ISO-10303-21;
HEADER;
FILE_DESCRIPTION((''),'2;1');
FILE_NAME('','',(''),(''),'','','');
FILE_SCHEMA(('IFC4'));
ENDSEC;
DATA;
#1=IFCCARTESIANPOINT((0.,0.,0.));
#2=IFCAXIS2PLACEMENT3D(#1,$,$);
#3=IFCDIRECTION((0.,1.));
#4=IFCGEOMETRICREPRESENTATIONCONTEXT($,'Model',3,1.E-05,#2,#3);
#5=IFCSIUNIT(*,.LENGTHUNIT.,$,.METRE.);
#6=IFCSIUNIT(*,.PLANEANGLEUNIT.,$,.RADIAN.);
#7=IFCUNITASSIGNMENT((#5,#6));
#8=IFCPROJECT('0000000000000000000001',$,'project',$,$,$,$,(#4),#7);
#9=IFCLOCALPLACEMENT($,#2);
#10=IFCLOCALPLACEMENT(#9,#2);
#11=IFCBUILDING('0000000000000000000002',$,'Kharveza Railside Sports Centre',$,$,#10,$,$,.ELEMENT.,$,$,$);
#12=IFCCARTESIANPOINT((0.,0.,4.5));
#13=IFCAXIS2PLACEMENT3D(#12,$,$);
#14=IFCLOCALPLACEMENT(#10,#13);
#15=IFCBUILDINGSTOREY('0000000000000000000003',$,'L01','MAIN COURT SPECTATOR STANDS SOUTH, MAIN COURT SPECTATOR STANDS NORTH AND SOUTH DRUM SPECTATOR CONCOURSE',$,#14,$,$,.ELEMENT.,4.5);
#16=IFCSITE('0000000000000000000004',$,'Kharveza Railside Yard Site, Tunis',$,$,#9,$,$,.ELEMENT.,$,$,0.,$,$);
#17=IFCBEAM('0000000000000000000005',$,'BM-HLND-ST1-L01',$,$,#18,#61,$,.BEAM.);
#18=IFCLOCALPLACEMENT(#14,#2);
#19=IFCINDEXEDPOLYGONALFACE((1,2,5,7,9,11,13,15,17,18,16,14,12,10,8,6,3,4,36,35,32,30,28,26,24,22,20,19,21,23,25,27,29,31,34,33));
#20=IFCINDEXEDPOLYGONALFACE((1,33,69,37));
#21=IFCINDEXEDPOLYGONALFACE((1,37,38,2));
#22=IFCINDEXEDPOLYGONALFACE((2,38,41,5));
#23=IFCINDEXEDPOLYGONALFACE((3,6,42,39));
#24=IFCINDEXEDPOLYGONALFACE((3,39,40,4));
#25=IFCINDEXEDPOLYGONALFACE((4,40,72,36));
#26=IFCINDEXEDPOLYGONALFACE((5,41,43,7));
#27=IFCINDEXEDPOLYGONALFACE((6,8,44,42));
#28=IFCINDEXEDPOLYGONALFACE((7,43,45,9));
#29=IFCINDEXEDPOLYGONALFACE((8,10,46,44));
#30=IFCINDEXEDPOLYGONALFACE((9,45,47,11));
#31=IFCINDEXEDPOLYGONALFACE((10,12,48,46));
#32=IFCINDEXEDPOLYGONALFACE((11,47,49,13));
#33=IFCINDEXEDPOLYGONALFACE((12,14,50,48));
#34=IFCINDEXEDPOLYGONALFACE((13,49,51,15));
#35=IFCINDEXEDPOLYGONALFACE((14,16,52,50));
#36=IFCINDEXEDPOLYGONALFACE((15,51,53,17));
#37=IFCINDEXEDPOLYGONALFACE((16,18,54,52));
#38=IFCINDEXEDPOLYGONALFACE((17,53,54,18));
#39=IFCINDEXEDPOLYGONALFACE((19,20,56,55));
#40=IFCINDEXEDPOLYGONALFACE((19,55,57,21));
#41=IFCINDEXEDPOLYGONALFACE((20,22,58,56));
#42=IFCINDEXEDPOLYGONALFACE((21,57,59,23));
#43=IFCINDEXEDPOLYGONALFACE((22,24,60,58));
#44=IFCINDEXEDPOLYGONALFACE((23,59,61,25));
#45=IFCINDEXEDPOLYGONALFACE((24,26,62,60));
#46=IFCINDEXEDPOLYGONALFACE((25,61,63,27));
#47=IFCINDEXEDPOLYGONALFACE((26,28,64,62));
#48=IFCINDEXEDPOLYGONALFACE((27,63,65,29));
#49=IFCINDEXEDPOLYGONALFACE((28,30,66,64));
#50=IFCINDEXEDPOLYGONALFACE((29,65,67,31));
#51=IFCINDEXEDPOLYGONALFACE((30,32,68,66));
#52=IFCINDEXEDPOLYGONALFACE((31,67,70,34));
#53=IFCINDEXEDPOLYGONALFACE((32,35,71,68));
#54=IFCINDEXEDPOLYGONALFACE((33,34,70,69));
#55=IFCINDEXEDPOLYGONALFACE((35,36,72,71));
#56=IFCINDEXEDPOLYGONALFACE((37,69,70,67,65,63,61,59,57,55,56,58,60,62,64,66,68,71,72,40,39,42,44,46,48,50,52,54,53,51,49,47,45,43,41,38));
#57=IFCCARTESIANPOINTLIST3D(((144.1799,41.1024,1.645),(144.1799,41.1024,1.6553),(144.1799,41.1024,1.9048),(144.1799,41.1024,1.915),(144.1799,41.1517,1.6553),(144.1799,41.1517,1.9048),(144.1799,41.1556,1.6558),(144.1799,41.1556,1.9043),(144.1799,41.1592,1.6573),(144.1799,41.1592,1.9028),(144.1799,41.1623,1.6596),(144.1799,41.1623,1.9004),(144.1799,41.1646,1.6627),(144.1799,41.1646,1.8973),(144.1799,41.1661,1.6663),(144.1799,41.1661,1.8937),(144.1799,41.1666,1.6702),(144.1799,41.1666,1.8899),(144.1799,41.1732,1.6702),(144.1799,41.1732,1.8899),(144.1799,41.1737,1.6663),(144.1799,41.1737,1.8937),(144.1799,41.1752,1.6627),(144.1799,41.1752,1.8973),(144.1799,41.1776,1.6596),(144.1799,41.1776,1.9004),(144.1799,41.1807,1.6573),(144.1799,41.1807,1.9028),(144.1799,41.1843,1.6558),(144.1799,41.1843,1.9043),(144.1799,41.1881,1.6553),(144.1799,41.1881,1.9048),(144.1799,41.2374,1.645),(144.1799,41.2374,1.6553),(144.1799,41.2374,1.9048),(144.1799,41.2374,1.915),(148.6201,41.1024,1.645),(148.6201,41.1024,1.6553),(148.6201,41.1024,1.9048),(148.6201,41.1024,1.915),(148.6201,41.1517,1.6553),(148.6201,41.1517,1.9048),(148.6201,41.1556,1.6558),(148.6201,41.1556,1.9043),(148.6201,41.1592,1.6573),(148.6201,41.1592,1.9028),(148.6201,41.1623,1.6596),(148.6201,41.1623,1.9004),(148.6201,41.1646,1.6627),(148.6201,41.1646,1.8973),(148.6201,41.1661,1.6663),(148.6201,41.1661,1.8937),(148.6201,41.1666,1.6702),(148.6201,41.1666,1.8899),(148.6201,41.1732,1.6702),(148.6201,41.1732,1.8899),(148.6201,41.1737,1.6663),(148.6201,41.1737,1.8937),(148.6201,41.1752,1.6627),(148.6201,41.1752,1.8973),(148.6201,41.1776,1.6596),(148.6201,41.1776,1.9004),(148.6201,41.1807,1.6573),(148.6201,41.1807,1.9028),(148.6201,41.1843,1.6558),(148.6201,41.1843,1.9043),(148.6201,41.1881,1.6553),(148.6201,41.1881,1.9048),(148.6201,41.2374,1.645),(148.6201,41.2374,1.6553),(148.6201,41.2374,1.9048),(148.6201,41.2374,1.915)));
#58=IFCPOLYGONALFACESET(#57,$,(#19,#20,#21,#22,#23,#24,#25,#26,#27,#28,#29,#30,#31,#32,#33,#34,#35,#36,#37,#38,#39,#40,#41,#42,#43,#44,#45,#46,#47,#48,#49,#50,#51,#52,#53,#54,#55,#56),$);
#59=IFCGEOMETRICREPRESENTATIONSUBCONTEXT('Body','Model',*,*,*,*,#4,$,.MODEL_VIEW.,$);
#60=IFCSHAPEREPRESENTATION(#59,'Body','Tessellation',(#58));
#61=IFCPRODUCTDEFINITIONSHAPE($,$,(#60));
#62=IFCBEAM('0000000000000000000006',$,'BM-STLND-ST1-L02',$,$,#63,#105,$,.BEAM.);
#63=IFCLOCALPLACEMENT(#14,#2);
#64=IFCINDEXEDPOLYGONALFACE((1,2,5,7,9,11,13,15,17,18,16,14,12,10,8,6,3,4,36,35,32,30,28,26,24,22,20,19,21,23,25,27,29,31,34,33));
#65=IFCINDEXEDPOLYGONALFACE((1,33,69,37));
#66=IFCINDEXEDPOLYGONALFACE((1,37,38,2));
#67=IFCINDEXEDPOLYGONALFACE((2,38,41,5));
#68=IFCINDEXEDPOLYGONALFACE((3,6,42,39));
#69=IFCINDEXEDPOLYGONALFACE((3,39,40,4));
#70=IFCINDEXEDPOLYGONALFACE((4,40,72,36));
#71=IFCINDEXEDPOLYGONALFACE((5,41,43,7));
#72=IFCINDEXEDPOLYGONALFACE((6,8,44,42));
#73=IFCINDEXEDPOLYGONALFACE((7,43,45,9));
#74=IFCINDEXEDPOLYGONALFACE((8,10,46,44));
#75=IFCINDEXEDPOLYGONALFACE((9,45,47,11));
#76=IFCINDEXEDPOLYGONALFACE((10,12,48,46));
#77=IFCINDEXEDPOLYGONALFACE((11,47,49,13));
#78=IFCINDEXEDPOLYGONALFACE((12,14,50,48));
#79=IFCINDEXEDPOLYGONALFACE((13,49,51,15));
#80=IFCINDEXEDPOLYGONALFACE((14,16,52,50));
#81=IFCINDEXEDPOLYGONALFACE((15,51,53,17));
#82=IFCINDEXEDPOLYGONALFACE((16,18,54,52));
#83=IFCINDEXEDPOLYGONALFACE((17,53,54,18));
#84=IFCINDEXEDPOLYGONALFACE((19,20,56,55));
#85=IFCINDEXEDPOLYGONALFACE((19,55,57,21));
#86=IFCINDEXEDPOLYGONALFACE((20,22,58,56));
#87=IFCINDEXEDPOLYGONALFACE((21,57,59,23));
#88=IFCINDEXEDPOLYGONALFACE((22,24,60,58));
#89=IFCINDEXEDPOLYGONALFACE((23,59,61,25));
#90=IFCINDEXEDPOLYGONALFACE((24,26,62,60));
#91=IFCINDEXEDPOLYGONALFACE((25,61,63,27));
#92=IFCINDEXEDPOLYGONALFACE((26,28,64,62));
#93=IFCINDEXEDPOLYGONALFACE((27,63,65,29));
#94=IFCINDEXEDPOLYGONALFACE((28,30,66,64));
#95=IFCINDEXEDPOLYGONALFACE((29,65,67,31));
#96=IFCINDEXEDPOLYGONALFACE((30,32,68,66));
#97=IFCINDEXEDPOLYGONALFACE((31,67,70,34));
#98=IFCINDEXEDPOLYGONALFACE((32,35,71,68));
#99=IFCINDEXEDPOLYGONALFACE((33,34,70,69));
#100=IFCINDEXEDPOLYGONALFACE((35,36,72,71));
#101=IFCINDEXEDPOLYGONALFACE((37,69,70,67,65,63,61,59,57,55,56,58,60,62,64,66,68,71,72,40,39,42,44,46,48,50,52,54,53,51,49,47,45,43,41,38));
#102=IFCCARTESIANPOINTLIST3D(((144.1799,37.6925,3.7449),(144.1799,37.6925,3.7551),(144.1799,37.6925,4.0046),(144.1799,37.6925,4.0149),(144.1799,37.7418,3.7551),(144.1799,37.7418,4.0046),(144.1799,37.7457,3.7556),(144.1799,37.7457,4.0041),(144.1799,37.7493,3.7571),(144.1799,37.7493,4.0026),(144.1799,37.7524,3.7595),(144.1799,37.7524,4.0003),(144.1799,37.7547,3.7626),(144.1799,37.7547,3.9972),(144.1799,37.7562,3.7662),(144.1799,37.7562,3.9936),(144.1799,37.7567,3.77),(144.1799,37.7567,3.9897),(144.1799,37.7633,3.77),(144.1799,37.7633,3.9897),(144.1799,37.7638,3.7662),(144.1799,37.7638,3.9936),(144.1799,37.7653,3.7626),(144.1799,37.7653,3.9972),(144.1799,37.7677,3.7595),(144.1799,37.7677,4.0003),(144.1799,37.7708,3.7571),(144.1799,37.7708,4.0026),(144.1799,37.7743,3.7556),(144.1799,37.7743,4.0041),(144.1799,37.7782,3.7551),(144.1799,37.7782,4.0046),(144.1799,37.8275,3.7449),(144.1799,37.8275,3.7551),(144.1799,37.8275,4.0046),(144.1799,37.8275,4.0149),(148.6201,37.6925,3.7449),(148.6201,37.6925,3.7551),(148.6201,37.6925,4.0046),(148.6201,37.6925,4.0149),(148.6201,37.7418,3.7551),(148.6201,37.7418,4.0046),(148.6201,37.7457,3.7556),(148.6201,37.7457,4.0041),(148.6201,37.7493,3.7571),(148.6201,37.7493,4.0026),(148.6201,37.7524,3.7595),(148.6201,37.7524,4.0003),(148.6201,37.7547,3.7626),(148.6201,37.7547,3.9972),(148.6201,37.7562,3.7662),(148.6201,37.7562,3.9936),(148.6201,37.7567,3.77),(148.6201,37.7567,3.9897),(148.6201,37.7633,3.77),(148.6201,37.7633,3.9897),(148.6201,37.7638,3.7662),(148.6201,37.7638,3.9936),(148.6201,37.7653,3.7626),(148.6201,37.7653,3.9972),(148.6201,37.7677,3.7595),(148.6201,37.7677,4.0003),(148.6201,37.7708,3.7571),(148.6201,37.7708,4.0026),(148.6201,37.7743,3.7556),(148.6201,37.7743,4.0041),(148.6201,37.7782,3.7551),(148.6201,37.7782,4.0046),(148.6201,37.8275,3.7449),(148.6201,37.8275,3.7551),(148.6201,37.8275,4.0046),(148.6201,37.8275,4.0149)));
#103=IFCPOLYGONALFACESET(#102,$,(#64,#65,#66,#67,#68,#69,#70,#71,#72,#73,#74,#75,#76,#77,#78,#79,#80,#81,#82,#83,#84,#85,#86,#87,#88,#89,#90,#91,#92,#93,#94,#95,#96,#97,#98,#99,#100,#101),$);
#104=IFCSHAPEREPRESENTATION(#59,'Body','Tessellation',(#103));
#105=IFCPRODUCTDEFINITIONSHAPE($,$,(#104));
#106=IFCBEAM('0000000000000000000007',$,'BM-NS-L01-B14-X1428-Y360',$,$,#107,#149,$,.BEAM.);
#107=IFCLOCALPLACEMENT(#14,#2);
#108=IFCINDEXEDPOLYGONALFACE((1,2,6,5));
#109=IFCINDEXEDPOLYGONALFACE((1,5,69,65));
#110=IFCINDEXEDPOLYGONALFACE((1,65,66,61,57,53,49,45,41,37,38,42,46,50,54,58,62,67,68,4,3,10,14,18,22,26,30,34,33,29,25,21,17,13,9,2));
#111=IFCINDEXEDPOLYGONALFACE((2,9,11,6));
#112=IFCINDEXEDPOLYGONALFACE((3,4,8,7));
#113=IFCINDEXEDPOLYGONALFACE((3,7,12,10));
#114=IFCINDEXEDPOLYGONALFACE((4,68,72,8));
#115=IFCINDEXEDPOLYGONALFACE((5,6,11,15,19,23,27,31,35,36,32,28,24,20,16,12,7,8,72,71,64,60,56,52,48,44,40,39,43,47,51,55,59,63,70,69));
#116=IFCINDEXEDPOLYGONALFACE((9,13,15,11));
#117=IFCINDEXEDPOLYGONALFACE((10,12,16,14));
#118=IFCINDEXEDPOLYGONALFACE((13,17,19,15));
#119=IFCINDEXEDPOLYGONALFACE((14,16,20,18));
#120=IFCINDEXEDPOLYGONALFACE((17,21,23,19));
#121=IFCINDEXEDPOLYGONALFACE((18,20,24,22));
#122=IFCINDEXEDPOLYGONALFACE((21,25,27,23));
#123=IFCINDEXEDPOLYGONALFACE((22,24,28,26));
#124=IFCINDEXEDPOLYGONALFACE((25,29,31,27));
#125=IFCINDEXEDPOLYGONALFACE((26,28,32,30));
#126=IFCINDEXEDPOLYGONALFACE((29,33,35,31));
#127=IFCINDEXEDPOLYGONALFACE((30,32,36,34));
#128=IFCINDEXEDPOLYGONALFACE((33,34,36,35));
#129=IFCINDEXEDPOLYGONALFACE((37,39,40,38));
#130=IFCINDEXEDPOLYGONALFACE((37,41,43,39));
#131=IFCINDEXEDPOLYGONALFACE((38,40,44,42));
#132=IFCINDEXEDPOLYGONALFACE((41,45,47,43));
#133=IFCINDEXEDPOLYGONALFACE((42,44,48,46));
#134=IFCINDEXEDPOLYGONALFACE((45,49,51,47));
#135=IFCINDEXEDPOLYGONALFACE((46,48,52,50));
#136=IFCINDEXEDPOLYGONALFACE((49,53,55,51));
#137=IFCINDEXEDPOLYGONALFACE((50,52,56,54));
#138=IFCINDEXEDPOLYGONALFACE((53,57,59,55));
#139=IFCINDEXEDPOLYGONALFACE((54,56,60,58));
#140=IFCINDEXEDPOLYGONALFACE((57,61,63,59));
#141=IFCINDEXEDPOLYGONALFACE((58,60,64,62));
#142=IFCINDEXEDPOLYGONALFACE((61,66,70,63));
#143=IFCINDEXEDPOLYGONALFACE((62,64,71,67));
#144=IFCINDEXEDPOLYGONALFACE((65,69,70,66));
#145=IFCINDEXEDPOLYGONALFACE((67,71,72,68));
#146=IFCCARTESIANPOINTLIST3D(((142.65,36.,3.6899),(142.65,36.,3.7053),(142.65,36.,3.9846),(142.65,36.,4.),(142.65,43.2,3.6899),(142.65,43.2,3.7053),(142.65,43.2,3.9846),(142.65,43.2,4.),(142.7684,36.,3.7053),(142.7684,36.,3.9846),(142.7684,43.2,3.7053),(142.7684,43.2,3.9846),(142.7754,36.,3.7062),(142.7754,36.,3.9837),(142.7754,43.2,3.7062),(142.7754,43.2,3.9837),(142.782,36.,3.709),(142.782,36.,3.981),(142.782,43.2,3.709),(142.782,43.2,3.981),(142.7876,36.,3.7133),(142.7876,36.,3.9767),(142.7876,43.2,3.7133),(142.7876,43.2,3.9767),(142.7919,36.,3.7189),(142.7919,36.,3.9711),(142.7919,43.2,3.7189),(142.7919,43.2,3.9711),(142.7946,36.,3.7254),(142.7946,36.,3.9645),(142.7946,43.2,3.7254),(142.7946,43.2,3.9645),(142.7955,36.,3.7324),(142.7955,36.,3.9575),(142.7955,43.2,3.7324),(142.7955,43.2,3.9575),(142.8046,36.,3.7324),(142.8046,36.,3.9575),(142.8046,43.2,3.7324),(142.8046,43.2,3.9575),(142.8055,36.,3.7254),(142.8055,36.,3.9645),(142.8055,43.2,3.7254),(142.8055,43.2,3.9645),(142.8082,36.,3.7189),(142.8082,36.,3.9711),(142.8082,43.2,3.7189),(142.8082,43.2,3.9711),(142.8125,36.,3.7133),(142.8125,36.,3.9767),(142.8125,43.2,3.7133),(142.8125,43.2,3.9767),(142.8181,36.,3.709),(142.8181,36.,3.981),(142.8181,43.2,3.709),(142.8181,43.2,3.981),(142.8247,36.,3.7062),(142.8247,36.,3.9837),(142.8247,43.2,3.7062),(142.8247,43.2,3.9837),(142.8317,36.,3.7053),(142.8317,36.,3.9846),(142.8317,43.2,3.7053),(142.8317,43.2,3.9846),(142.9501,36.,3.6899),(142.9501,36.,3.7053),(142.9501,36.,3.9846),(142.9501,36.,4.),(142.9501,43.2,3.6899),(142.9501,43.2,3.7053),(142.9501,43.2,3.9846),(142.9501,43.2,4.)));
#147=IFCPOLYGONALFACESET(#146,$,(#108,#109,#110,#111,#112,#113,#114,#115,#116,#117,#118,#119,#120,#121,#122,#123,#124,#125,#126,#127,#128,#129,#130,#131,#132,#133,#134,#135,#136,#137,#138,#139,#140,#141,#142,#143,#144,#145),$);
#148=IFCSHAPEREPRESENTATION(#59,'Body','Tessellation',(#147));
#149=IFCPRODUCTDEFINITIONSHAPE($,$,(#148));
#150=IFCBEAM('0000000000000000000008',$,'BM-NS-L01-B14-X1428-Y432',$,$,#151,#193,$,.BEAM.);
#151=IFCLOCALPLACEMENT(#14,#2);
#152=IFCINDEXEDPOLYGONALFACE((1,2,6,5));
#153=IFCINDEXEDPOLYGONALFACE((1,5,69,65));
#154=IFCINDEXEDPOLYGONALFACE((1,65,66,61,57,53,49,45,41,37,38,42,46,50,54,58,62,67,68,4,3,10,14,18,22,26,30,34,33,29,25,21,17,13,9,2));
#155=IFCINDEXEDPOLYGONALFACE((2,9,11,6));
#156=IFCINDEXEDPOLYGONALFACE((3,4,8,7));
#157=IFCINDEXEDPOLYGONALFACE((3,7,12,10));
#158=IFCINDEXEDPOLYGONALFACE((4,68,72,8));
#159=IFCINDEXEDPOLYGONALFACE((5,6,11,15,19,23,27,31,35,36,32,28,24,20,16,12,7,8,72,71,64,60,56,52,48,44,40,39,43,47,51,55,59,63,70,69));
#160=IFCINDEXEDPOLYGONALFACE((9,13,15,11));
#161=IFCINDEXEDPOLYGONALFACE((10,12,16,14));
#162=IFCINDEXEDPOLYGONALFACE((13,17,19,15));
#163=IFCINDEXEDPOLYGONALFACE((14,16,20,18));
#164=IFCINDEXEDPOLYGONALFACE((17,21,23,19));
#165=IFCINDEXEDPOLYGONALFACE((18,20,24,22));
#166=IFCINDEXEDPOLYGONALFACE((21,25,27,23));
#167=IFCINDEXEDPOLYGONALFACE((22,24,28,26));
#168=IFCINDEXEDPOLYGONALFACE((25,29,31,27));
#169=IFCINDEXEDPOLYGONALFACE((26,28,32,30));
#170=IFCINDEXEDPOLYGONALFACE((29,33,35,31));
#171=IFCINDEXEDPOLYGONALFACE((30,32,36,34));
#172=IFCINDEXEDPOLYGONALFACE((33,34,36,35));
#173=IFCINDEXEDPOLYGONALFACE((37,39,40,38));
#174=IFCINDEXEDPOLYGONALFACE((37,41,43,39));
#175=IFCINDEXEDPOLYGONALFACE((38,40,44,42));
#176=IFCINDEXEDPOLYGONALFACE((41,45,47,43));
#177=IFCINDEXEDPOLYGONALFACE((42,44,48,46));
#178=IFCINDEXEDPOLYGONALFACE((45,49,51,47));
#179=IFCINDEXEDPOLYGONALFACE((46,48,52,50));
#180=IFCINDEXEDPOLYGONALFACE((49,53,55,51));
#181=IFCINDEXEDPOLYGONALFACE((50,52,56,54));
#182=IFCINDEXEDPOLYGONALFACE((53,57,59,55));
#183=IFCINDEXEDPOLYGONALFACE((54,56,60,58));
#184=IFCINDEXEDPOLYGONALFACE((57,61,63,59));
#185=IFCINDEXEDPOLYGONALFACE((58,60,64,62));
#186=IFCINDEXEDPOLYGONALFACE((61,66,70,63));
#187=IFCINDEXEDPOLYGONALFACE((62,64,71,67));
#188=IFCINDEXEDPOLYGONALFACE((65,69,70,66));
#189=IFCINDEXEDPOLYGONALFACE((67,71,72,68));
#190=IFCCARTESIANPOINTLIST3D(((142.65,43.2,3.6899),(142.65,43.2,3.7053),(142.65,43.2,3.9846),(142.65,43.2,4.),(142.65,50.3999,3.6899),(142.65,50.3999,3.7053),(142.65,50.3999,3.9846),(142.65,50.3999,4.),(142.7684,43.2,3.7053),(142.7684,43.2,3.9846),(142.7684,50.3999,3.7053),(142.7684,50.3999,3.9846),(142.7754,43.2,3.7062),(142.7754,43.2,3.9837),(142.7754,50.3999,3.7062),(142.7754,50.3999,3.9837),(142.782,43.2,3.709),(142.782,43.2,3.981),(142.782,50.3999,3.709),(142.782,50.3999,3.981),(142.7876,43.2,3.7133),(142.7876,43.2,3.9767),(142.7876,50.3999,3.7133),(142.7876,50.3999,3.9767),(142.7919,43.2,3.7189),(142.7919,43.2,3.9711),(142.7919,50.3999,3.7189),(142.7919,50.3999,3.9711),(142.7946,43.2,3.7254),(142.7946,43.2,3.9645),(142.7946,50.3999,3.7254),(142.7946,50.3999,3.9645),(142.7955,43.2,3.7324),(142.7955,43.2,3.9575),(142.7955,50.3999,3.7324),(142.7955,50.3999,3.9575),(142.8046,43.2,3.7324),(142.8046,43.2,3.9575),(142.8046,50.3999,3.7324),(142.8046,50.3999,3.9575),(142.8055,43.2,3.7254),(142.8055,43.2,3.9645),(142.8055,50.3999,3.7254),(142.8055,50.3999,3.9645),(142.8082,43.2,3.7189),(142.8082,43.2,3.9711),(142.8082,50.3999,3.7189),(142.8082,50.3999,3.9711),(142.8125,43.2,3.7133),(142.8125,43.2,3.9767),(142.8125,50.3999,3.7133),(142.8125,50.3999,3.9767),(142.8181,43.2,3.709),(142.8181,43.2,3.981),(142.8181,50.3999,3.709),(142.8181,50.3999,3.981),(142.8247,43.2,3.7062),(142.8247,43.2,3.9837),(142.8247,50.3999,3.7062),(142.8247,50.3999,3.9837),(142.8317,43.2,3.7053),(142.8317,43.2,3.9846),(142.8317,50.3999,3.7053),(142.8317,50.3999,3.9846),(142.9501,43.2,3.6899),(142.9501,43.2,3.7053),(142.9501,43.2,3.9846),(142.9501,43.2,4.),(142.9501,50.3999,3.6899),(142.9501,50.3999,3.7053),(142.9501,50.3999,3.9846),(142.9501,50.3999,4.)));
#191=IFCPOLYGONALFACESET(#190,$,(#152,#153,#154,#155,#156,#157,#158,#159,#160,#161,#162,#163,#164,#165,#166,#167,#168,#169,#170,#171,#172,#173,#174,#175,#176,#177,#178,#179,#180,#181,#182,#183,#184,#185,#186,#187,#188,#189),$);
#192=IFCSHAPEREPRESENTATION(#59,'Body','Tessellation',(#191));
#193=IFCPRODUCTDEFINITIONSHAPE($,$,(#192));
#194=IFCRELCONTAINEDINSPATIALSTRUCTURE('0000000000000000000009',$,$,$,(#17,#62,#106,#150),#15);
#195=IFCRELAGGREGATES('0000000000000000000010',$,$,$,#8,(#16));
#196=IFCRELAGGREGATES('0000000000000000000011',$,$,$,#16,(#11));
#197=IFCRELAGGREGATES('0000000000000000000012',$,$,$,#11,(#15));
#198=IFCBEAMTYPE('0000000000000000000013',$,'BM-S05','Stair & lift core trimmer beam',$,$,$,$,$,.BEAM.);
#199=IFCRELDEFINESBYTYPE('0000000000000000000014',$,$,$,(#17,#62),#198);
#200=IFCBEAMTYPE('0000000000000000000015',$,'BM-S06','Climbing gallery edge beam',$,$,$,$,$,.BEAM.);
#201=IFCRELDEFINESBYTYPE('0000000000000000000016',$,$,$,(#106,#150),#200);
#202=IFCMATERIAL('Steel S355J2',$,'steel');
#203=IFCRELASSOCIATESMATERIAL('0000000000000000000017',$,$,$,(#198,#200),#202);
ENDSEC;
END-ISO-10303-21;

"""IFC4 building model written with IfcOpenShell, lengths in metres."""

from ifc_helpers import new_model, si_unit, direction, frame, origin, origin_2d, place, context, subcontext, project, spatial, i_section, extrude, material, material_profile, profile_set, type_object, element, save


model = new_model("IFC4")

# Units and contexts
model_context = context("Model", 3, precision=1e-05, world=origin(), true_north=direction((0.0, 1.0)))
body_context = subcontext(model_context, "Body", "Model", "MODEL_VIEW")
ifc_project = project(units=[si_unit("LENGTHUNIT", "METRE"), si_unit("PLANEANGLEUNIT", "RADIAN")], contexts=[model_context])

# Site, building, storey
site_placement = place(None, origin())
site = spatial("IfcSite", under=ifc_project, at=site_placement, Name="Kharveza Railside Yard Site, Tunis", CompositionType="ELEMENT", RefElevation=0.0)
building_placement = place(site_placement, origin())
building = spatial("IfcBuilding", under=site, at=building_placement, Name="Kharveza Railside Sports Centre", CompositionType="ELEMENT")
storey_placement = place(building_placement, frame((0.0, 0.0, 4.5)))
storey = spatial("IfcBuildingStorey", under=building, at=storey_placement, Name="L01", Description="MAIN COURT SPECTATOR STANDS SOUTH, MAIN COURT SPECTATOR STANDS NORTH AND SOUTH DRUM SPECTATOR CONCOURSE", CompositionType="ELEMENT", Elevation=4.5)

# Shared definitions
ifc_material_1 = material(Name="Steel S355J2", Category="steel")

# Beams
ifc_material_profile_1 = material_profile(ifc_material_1, i_section(OverallWidth=0.135, OverallDepth=0.27, WebThickness=0.0066, FlangeThickness=0.0103, FilletRadius=0.0149, at=origin_2d()), Name="IPE 270")
ifc_profile_set_1 = profile_set([ifc_material_profile_1], Name="Steel S355J2")
beam_type_1 = type_object("IfcBeamType", Name="BM-S05", Description="Stair & lift core trimmer beam", PredefinedType="BEAM", material=ifc_profile_set_1)
for number, where, z_axis, x_axis, name in (
    (1, (144.1799, 41.1699, 1.78), (1.0, 0.0, 0.0), (0.0, 1.0, 0.0), "BM-HLND-ST1-L01"),
    (2, (144.1799, 37.76, 3.8799), (1.0, 0.0, 0.0), (0.0, 1.0, 0.0), "BM-STLND-ST1-L02"),
):
    element("IfcBeam", number, at=place(storey_placement, frame(where, z_axis=z_axis, x_axis=x_axis)), inside=storey, type_object=beam_type_1, Name=name, PredefinedType="BEAM", context=body_context, shape_type="SweptSolid", body=[
        extrude(i_section(OverallWidth=0.135, OverallDepth=0.27, WebThickness=0.0066, FlangeThickness=0.0103, FilletRadius=0.0149, at=origin_2d()), origin(), (0.0, 0.0, 1.0), 4.4402),
    ])
ifc_material_profile_2 = material_profile(ifc_material_1, i_section(OverallWidth=0.3, OverallDepth=0.3101, WebThickness=0.009, FlangeThickness=0.0154, FilletRadius=0.0271, at=origin_2d()), Name="HEA 320")
ifc_profile_set_2 = profile_set([ifc_material_profile_2], Name="Steel S355J2")
beam_type_2 = type_object("IfcBeamType", Name="BM-S06", Description="Climbing gallery edge beam", PredefinedType="BEAM", material=ifc_profile_set_2)
for number, where, z_axis, x_axis, name in (
    (3, (142.8, 36.0, 3.845), (0.0, 1.0, 0.0), (-1.0, 0.0, 0.0), "BM-NS-L01-B14-X1428-Y360"),
    (4, (142.8, 43.2, 3.845), (0.0, 1.0, 0.0), (-1.0, 0.0, 0.0), "BM-NS-L01-B14-X1428-Y432"),
):
    element("IfcBeam", number, at=place(storey_placement, frame(where, z_axis=z_axis, x_axis=x_axis)), inside=storey, type_object=beam_type_2, Name=name, PredefinedType="BEAM", context=body_context, shape_type="SweptSolid", body=[
        extrude(i_section(OverallWidth=0.3, OverallDepth=0.3101, WebThickness=0.009, FlangeThickness=0.0154, FilletRadius=0.0271, at=origin_2d()), origin(), (0.0, 0.0, 1.0), 7.2),
    ])

save(model, "model.ifc")
